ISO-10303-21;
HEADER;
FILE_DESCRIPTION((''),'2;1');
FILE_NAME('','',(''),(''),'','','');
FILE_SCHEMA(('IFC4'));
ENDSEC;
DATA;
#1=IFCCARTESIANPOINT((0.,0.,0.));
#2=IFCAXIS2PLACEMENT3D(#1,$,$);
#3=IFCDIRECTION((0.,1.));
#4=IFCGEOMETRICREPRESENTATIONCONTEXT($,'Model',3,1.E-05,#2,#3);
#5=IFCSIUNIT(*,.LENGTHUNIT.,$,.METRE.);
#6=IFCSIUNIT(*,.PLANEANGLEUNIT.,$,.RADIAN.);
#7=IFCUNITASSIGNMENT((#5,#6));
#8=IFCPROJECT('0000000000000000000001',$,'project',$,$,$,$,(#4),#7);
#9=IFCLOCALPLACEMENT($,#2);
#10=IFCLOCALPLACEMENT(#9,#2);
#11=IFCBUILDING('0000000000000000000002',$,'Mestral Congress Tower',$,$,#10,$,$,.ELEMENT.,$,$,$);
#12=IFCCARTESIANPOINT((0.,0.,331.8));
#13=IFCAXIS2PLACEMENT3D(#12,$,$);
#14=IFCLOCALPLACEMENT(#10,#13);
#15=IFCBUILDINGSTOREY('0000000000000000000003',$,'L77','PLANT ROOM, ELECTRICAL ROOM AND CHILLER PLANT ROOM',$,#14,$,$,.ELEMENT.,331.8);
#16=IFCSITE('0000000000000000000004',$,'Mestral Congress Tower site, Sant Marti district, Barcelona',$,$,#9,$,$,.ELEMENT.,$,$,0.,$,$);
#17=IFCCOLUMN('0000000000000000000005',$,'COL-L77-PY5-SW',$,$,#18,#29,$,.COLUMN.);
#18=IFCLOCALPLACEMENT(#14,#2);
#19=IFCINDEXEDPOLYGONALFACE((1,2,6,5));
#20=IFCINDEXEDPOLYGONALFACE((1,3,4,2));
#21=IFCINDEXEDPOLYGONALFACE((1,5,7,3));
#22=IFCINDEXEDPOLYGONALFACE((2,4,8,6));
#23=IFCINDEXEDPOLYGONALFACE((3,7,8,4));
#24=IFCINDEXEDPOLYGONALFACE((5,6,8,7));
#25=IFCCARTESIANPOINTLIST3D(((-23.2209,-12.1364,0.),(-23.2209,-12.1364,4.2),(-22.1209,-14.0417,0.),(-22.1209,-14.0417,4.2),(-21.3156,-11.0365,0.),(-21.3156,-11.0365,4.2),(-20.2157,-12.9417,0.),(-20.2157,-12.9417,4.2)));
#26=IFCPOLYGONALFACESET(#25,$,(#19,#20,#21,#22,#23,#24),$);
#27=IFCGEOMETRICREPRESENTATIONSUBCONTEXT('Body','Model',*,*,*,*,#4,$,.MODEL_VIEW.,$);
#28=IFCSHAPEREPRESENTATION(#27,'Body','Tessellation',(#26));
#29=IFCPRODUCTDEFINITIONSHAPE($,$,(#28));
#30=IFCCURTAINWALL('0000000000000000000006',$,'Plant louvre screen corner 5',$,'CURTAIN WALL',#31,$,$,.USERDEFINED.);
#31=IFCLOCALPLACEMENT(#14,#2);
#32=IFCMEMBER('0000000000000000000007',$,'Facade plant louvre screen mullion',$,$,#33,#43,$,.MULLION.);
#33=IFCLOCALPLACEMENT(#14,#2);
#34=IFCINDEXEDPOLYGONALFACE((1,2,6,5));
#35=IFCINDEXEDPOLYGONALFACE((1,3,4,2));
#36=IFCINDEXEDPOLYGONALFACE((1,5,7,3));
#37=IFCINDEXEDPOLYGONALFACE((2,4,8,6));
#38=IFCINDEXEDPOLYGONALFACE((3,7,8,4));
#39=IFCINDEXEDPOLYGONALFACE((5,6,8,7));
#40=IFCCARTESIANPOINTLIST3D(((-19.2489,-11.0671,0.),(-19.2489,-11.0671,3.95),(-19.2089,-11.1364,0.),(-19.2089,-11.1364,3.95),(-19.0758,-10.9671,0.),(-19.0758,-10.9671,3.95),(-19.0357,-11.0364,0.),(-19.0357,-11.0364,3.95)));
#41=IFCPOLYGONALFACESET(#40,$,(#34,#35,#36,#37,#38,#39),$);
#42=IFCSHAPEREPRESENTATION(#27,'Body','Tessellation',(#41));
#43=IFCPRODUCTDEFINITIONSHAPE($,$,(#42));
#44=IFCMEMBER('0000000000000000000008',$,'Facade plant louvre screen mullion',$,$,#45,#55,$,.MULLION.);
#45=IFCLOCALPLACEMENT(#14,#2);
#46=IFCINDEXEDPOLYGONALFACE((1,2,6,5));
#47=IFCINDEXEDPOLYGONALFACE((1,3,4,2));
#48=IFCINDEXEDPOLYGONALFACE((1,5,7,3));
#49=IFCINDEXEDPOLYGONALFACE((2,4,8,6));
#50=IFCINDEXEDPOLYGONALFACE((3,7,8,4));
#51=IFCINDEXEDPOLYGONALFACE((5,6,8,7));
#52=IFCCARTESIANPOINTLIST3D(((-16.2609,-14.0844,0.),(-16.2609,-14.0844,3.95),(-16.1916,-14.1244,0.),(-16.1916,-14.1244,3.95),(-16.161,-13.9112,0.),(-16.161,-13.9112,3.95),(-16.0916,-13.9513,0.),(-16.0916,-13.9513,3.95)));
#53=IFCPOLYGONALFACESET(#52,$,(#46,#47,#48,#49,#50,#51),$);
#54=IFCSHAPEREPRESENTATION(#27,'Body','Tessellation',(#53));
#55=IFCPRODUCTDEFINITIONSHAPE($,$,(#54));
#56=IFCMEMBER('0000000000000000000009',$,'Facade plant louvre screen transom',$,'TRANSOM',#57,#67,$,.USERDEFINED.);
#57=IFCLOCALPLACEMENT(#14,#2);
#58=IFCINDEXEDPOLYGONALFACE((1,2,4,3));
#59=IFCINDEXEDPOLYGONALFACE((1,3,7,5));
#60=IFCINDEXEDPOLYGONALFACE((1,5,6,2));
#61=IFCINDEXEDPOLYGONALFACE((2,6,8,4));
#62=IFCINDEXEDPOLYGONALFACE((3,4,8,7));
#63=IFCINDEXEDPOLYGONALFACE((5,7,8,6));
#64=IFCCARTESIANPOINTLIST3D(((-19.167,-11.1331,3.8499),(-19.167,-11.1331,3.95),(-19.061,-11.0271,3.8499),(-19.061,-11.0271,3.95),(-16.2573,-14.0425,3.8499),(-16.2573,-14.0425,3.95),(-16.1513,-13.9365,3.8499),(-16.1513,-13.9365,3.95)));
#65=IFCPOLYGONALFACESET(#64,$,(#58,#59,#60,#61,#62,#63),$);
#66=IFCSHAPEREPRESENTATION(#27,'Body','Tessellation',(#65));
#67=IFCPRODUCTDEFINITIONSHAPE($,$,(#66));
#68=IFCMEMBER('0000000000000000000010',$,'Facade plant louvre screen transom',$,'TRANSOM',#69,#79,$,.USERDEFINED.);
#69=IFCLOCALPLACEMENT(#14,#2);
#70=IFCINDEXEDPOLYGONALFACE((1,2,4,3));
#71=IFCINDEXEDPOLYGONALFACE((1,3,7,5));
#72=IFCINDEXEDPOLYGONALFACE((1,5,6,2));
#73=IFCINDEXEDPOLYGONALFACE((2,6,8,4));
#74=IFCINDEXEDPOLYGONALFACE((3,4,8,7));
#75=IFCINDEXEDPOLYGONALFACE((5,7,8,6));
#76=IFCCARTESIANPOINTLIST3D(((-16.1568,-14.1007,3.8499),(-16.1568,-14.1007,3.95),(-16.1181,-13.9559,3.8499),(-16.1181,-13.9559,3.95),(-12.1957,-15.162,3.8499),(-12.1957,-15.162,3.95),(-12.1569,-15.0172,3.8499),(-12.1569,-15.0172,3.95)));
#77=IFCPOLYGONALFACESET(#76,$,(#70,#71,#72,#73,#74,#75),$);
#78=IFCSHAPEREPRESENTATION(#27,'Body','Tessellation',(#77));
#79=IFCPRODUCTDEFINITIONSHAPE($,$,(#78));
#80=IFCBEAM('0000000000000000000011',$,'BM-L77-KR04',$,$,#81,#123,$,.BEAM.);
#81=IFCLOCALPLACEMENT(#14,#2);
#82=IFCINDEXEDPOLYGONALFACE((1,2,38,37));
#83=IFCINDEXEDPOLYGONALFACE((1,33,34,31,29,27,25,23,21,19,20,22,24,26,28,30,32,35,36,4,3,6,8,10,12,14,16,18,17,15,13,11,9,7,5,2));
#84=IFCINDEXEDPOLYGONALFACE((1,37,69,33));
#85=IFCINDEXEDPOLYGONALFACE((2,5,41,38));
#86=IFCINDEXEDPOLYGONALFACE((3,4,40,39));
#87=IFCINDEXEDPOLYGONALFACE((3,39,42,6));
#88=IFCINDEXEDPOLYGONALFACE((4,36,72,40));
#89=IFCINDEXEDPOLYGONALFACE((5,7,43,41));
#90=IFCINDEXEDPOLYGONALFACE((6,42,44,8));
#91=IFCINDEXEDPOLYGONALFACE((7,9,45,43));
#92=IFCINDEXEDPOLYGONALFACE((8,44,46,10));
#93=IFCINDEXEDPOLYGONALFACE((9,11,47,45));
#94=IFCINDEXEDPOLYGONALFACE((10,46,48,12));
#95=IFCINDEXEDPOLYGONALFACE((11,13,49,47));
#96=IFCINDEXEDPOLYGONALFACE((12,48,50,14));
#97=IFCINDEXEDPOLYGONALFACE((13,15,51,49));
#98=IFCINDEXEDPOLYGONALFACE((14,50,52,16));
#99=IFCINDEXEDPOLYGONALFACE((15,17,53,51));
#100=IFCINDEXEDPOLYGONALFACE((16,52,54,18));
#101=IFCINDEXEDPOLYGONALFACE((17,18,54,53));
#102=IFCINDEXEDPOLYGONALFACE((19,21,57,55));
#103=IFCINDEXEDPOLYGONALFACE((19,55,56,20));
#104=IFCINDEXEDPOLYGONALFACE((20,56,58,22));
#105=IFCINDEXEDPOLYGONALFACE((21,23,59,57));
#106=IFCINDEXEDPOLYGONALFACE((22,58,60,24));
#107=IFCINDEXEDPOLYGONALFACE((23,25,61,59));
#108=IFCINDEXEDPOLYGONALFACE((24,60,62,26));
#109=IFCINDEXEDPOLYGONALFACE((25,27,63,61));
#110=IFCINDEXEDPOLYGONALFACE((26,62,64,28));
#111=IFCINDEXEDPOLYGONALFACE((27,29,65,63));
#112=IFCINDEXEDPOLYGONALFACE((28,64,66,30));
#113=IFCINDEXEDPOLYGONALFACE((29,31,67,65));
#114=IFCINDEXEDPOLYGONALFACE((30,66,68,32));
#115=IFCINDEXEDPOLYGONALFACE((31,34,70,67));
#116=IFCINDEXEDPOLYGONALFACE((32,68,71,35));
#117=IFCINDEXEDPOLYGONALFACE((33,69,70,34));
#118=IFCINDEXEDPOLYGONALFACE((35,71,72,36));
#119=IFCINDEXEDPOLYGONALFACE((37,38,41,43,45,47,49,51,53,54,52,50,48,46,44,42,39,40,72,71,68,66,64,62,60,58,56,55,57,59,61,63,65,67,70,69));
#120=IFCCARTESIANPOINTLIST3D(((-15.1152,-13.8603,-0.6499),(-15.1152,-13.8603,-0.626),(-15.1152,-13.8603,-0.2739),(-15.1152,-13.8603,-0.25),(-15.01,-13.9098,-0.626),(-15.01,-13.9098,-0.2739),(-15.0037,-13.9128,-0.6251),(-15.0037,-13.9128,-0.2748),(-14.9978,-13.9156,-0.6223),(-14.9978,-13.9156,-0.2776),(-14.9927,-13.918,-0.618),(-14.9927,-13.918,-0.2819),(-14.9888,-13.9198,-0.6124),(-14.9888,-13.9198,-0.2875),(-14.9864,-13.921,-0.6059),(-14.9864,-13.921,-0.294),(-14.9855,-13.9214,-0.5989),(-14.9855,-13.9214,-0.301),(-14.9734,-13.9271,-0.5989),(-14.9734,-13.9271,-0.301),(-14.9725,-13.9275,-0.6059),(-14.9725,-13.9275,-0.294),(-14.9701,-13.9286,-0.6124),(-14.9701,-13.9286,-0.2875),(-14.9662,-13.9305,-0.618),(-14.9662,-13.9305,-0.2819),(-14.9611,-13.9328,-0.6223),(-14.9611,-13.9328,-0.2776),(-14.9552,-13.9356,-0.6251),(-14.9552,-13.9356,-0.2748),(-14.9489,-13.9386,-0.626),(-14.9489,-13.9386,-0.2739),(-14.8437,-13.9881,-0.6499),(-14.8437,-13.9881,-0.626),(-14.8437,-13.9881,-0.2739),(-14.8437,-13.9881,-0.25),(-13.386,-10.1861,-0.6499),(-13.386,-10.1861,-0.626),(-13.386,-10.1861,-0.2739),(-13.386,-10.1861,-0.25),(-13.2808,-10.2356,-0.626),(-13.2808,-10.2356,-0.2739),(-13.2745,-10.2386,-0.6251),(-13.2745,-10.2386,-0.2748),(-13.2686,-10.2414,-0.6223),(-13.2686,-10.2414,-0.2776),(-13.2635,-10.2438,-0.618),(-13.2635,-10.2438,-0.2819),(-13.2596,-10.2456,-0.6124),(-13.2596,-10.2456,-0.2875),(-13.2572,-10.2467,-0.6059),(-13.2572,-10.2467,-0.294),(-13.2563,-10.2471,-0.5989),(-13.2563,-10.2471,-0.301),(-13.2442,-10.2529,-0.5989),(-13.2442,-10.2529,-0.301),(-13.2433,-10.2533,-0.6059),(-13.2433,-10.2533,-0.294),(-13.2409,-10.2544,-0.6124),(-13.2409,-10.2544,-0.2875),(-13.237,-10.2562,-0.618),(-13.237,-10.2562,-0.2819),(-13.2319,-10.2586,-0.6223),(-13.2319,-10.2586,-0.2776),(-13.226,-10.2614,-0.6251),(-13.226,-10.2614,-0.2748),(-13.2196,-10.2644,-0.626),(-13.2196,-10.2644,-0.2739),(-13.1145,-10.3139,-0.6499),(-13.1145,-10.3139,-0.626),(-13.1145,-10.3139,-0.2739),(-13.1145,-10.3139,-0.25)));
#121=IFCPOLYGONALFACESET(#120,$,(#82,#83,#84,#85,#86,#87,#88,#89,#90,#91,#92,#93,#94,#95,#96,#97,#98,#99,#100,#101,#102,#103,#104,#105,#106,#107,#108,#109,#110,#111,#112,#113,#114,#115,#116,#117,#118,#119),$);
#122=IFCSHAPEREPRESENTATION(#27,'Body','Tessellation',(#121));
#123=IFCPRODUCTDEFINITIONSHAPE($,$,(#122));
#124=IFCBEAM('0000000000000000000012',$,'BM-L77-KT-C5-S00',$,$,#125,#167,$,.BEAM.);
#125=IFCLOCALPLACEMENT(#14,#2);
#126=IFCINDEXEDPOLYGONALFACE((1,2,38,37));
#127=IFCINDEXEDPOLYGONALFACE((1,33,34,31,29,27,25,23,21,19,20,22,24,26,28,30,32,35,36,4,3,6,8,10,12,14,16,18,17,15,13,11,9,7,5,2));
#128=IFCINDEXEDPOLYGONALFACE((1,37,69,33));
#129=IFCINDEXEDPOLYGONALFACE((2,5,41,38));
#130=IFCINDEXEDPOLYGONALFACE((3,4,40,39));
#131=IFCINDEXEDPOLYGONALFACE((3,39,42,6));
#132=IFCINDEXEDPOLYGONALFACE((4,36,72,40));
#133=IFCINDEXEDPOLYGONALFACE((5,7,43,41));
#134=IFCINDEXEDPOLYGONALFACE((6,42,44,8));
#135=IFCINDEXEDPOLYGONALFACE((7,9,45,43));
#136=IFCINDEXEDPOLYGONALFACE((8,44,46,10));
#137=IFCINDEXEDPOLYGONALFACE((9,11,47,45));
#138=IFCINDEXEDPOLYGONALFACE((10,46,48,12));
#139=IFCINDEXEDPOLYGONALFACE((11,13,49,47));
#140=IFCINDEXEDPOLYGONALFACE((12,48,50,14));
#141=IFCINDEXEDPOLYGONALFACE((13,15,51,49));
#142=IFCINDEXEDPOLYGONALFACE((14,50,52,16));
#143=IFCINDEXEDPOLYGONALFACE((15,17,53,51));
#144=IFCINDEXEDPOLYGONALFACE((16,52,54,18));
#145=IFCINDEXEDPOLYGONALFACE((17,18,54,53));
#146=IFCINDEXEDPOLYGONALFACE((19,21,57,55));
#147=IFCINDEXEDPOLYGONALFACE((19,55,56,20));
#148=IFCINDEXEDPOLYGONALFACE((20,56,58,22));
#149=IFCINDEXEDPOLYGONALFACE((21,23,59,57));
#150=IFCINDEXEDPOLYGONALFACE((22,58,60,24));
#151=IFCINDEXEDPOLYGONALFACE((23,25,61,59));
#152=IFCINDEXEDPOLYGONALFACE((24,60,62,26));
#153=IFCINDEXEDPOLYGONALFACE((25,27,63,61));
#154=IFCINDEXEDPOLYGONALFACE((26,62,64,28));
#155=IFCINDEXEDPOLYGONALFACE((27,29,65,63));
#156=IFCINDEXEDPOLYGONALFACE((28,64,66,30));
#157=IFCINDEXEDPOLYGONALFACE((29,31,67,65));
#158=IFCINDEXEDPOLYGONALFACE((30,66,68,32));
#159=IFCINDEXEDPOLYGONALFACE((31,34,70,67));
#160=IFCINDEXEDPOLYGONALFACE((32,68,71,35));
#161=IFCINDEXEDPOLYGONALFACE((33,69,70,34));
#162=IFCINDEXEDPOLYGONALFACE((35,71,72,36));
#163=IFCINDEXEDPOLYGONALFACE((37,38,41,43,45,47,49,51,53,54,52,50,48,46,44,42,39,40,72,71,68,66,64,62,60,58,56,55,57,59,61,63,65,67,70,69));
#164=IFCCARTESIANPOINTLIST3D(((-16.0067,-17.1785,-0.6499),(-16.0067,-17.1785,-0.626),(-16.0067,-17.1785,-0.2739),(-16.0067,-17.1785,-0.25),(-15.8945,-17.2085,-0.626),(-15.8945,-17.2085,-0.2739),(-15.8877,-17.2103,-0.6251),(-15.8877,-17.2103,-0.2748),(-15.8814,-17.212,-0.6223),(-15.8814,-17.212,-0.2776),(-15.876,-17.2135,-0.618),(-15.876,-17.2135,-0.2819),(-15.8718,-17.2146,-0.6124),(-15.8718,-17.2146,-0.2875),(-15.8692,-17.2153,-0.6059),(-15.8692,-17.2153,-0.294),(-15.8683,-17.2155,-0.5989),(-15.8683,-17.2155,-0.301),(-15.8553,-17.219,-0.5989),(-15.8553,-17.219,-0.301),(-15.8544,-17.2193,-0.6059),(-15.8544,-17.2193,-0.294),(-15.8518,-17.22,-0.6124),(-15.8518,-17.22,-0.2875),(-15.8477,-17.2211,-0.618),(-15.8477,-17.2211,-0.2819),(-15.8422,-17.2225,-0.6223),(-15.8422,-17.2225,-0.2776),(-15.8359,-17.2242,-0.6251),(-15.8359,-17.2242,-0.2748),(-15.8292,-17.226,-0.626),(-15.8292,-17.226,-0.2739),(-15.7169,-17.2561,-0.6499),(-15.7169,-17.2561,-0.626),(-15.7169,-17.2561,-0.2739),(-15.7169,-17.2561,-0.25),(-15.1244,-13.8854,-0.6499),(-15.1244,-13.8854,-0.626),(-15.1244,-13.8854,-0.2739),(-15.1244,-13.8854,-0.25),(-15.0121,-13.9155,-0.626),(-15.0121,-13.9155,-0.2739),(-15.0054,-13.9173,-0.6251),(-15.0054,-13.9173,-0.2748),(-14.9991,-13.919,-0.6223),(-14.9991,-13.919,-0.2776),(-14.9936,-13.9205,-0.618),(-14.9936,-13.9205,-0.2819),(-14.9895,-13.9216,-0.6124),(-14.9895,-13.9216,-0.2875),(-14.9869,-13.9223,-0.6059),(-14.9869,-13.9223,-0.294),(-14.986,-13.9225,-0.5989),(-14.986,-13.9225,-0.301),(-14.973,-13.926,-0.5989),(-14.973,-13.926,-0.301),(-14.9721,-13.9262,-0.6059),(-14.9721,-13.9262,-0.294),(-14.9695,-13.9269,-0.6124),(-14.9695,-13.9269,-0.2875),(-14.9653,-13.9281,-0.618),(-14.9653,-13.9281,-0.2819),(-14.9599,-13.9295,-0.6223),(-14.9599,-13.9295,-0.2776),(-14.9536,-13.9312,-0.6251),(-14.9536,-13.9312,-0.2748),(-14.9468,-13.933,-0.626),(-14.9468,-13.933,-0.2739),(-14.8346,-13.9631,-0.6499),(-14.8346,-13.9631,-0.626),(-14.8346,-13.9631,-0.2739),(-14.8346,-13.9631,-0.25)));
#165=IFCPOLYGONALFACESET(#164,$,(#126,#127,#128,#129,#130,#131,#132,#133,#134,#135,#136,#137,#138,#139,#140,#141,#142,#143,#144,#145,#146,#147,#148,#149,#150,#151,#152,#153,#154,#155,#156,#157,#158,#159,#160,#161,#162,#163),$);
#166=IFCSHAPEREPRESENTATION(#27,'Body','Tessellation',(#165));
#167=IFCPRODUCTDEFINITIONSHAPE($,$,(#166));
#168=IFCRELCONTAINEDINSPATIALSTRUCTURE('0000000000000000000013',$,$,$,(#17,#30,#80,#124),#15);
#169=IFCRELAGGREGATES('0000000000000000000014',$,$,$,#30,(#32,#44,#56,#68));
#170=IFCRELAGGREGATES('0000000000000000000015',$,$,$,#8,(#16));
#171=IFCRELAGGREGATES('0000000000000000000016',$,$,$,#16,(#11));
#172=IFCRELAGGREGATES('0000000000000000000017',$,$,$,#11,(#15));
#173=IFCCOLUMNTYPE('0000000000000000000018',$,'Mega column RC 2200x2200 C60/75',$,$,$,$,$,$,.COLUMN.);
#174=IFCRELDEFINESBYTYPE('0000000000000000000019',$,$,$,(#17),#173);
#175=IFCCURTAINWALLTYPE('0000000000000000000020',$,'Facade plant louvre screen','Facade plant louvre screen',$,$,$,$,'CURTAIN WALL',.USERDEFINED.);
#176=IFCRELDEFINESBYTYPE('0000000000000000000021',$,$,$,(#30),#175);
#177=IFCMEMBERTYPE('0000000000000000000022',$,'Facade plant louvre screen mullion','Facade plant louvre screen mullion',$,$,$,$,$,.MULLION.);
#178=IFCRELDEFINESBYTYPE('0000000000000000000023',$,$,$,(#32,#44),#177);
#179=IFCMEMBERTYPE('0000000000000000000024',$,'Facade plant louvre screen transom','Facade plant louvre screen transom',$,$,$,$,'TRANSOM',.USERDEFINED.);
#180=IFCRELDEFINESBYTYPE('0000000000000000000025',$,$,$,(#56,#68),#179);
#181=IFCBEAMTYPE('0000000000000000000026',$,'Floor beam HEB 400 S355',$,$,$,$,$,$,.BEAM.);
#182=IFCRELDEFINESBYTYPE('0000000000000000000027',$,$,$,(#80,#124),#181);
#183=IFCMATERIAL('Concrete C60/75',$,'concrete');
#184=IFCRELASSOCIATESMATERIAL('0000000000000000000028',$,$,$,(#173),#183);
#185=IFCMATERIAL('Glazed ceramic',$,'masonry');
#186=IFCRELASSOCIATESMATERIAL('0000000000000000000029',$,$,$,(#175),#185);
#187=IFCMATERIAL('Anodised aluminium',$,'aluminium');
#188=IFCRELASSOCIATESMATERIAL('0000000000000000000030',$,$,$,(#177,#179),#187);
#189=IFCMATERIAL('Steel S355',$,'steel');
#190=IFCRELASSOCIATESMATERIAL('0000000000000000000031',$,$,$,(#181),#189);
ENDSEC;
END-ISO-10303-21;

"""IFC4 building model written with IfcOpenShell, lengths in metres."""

from ifc_helpers import new_model, si_unit, direction, frame, origin, origin_2d, place, context, subcontext, project, spatial, rectangle, i_section, extrude, material, material_profile, profile_set, type_object, element, aggregate, save


model = new_model("IFC4")

# Units and contexts
model_context = context("Model", 3, precision=1e-05, world=origin(), true_north=direction((0.0, 1.0)))
body_context = subcontext(model_context, "Body", "Model", "MODEL_VIEW")
ifc_project = project(units=[si_unit("LENGTHUNIT", "METRE"), si_unit("PLANEANGLEUNIT", "RADIAN")], contexts=[model_context])

# Site, building, storey
site_placement = place(None, origin())
site = spatial("IfcSite", under=ifc_project, at=site_placement, Name="Mestral Congress Tower site, Sant Marti district, Barcelona", CompositionType="ELEMENT", RefElevation=0.0)
building_placement = place(site_placement, origin())
building = spatial("IfcBuilding", under=site, at=building_placement, Name="Mestral Congress Tower", CompositionType="ELEMENT")
storey_placement = place(building_placement, frame((0.0, 0.0, 331.8)))
storey = spatial("IfcBuildingStorey", under=building, at=storey_placement, Name="L77", Description="PLANT ROOM, ELECTRICAL ROOM AND CHILLER PLANT ROOM", CompositionType="ELEMENT", Elevation=331.8)

# Column
ifc_material_1 = material(Name="Steel S355", Category="steel")
ifc_material_2 = material(Name="Concrete C60/75", Category="concrete")
ifc_material_profile_1 = material_profile(ifc_material_2, rectangle(XDim=2.2, YDim=2.2, at=origin_2d()), Name="RC 2200x2200")
ifc_profile_set_1 = profile_set([ifc_material_profile_1], Name="Concrete C60/75")
column_type_1 = type_object("IfcColumnType", Name="Mega column RC 2200x2200 C60/75", PredefinedType="COLUMN", material=ifc_profile_set_1)
column_placement = place(storey_placement, frame((-21.7183, -12.5391, 0.0), z_axis=(0.0, 0.0, 1.0), x_axis=(-0.866025, -0.5, 0.0)))
element("IfcColumn", 1, at=column_placement, inside=storey, type_object=column_type_1, Name="COL-L77-PY5-SW", PredefinedType="COLUMN", context=body_context, shape_type="SweptSolid", body=[
    extrude(rectangle(XDim=2.2, YDim=2.2, at=origin_2d()), origin(), (0.0, 0.0, 1.0), 4.2),
])

# Curtain wall, members
ifc_material_3 = material(Name="Glazed ceramic", Category="masonry")
curtain_wall_type = type_object("IfcCurtainWallType", Name="Facade plant louvre screen", Description="Facade plant louvre screen", ElementType="CURTAIN WALL", PredefinedType="USERDEFINED", material=ifc_material_3)
curtain_wall_placement = place(storey_placement, origin())
curtain_wall = element("IfcCurtainWall", 2, at=curtain_wall_placement, inside=storey, type_object=curtain_wall_type, Name="Plant louvre screen corner 5", ObjectType="CURTAIN WALL", PredefinedType="USERDEFINED")
ifc_material_4 = material(Name="Anodised aluminium", Category="aluminium")
ifc_material_profile_2 = material_profile(ifc_material_4, rectangle(XDim=0.2, YDim=0.0801, at=origin_2d()), Name="CW6 mullion 200 x 80")
ifc_profile_set_2 = profile_set([ifc_material_profile_2], Name="Anodised aluminium")
member_type_1 = type_object("IfcMemberType", Name="Facade plant louvre screen mullion", Description="Facade plant louvre screen mullion", PredefinedType="MULLION", material=ifc_profile_set_2)
member_1_placement = place(storey_placement, frame((-19.1423, -11.0518, 0.0), z_axis=(0.0, 0.0, 1.0), x_axis=(-0.866025, -0.5, 0.0)))
member_1 = element("IfcMember", 3, at=member_1_placement, type_object=member_type_1, Name="Facade plant louvre screen mullion", PredefinedType="MULLION", context=body_context, shape_type="SweptSolid", body=[
    extrude(rectangle(XDim=0.2, YDim=0.0801, at=origin_2d()), origin(), (0.0, 0.0, 1.0), 3.95),
])
member_2_placement = place(storey_placement, frame((-16.1763, -14.0178, 0.0), z_axis=(0.0, 0.0, 1.0), x_axis=(-0.5, -0.866025, 0.0)))
member_2 = element("IfcMember", 4, at=member_2_placement, type_object=member_type_1, Name="Facade plant louvre screen mullion", PredefinedType="MULLION", context=body_context, shape_type="SweptSolid", body=[
    extrude(rectangle(XDim=0.2, YDim=0.0801, at=origin_2d()), origin(), (0.0, 0.0, 1.0), 3.95),
])
ifc_material_profile_3 = material_profile(ifc_material_4, rectangle(XDim=0.1499, YDim=0.1001, at=origin_2d()), Name="CW6 transom 150 x 100")
ifc_profile_set_3 = profile_set([ifc_material_profile_3], Name="Anodised aluminium")
member_type_2 = type_object("IfcMemberType", Name="Facade plant louvre screen transom", Description="Facade plant louvre screen transom", ElementType="TRANSOM", PredefinedType="USERDEFINED", material=ifc_profile_set_3)
member_3_placement = place(storey_placement, frame((-19.114, -11.0801, 3.8999), z_axis=(0.707136, -0.707077, 0.0), x_axis=(0.707077, 0.707136, 0.0)))
member_3 = element("IfcMember", 5, at=member_3_placement, type_object=member_type_2, Name="Facade plant louvre screen transom", ObjectType="TRANSOM", PredefinedType="USERDEFINED", context=body_context, shape_type="SweptSolid", body=[
    extrude(rectangle(XDim=0.1499, YDim=0.1001, at=origin_2d()), origin(), (0.0, 0.0, 1.0), 4.1147),
])
member_4_placement = place(storey_placement, frame((-16.1375, -14.0283, 3.8999), z_axis=(0.965933, -0.258793, 0.0), x_axis=(0.258793, 0.965933, 0.0)))
member_4 = element("IfcMember", 6, at=member_4_placement, type_object=member_type_2, Name="Facade plant louvre screen transom", ObjectType="TRANSOM", PredefinedType="USERDEFINED", context=body_context, shape_type="SweptSolid", body=[
    extrude(rectangle(XDim=0.1499, YDim=0.1001, at=origin_2d()), origin(), (0.0, 0.0, 1.0), 4.1008),
])

# Beams
ifc_material_profile_4 = material_profile(ifc_material_1, i_section(OverallWidth=0.3, OverallDepth=0.3999, WebThickness=0.0134, FlangeThickness=0.0239, FilletRadius=0.0271, at=origin_2d()), Name="HEB 400")
ifc_profile_set_4 = profile_set([ifc_material_profile_4], Name="Steel S355")
beam_type_1 = type_object("IfcBeamType", Name="Floor beam HEB 400 S355", PredefinedType="BEAM", material=ifc_profile_set_4)
beam_1_placement = place(storey_placement, frame((-13.2502, -10.25, -0.45), z_axis=(-0.425829, -0.904804, 0.0), x_axis=(0.904804, -0.425829, 0.0)))
element("IfcBeam", 7, at=beam_1_placement, inside=storey, type_object=beam_type_1, Name="BM-L77-KR04", PredefinedType="BEAM", context=body_context, shape_type="SweptSolid", body=[
    extrude(i_section(OverallWidth=0.3, OverallDepth=0.3999, WebThickness=0.0134, FlangeThickness=0.0239, FilletRadius=0.0271, at=origin_2d()), origin(), (0.0, 0.0, 1.0), 4.0608),
])
beam_2_placement = place(storey_placement, frame((-15.8618, -17.2173, -0.45), z_axis=(0.258812, 0.965928, 0.0), x_axis=(-0.965928, 0.258812, 0.0)))
element("IfcBeam", 8, at=beam_2_placement, inside=storey, type_object=beam_type_1, Name="BM-L77-KT-C5-S00", PredefinedType="BEAM", context=body_context, shape_type="SweptSolid", body=[
    extrude(i_section(OverallWidth=0.3, OverallDepth=0.3999, WebThickness=0.0134, FlangeThickness=0.0239, FilletRadius=0.0271, at=origin_2d()), origin(), (0.0, 0.0, 1.0), 3.4092),
])

aggregate(curtain_wall, [member_1, member_2, member_3, member_4])

save(model, "model.ifc")
